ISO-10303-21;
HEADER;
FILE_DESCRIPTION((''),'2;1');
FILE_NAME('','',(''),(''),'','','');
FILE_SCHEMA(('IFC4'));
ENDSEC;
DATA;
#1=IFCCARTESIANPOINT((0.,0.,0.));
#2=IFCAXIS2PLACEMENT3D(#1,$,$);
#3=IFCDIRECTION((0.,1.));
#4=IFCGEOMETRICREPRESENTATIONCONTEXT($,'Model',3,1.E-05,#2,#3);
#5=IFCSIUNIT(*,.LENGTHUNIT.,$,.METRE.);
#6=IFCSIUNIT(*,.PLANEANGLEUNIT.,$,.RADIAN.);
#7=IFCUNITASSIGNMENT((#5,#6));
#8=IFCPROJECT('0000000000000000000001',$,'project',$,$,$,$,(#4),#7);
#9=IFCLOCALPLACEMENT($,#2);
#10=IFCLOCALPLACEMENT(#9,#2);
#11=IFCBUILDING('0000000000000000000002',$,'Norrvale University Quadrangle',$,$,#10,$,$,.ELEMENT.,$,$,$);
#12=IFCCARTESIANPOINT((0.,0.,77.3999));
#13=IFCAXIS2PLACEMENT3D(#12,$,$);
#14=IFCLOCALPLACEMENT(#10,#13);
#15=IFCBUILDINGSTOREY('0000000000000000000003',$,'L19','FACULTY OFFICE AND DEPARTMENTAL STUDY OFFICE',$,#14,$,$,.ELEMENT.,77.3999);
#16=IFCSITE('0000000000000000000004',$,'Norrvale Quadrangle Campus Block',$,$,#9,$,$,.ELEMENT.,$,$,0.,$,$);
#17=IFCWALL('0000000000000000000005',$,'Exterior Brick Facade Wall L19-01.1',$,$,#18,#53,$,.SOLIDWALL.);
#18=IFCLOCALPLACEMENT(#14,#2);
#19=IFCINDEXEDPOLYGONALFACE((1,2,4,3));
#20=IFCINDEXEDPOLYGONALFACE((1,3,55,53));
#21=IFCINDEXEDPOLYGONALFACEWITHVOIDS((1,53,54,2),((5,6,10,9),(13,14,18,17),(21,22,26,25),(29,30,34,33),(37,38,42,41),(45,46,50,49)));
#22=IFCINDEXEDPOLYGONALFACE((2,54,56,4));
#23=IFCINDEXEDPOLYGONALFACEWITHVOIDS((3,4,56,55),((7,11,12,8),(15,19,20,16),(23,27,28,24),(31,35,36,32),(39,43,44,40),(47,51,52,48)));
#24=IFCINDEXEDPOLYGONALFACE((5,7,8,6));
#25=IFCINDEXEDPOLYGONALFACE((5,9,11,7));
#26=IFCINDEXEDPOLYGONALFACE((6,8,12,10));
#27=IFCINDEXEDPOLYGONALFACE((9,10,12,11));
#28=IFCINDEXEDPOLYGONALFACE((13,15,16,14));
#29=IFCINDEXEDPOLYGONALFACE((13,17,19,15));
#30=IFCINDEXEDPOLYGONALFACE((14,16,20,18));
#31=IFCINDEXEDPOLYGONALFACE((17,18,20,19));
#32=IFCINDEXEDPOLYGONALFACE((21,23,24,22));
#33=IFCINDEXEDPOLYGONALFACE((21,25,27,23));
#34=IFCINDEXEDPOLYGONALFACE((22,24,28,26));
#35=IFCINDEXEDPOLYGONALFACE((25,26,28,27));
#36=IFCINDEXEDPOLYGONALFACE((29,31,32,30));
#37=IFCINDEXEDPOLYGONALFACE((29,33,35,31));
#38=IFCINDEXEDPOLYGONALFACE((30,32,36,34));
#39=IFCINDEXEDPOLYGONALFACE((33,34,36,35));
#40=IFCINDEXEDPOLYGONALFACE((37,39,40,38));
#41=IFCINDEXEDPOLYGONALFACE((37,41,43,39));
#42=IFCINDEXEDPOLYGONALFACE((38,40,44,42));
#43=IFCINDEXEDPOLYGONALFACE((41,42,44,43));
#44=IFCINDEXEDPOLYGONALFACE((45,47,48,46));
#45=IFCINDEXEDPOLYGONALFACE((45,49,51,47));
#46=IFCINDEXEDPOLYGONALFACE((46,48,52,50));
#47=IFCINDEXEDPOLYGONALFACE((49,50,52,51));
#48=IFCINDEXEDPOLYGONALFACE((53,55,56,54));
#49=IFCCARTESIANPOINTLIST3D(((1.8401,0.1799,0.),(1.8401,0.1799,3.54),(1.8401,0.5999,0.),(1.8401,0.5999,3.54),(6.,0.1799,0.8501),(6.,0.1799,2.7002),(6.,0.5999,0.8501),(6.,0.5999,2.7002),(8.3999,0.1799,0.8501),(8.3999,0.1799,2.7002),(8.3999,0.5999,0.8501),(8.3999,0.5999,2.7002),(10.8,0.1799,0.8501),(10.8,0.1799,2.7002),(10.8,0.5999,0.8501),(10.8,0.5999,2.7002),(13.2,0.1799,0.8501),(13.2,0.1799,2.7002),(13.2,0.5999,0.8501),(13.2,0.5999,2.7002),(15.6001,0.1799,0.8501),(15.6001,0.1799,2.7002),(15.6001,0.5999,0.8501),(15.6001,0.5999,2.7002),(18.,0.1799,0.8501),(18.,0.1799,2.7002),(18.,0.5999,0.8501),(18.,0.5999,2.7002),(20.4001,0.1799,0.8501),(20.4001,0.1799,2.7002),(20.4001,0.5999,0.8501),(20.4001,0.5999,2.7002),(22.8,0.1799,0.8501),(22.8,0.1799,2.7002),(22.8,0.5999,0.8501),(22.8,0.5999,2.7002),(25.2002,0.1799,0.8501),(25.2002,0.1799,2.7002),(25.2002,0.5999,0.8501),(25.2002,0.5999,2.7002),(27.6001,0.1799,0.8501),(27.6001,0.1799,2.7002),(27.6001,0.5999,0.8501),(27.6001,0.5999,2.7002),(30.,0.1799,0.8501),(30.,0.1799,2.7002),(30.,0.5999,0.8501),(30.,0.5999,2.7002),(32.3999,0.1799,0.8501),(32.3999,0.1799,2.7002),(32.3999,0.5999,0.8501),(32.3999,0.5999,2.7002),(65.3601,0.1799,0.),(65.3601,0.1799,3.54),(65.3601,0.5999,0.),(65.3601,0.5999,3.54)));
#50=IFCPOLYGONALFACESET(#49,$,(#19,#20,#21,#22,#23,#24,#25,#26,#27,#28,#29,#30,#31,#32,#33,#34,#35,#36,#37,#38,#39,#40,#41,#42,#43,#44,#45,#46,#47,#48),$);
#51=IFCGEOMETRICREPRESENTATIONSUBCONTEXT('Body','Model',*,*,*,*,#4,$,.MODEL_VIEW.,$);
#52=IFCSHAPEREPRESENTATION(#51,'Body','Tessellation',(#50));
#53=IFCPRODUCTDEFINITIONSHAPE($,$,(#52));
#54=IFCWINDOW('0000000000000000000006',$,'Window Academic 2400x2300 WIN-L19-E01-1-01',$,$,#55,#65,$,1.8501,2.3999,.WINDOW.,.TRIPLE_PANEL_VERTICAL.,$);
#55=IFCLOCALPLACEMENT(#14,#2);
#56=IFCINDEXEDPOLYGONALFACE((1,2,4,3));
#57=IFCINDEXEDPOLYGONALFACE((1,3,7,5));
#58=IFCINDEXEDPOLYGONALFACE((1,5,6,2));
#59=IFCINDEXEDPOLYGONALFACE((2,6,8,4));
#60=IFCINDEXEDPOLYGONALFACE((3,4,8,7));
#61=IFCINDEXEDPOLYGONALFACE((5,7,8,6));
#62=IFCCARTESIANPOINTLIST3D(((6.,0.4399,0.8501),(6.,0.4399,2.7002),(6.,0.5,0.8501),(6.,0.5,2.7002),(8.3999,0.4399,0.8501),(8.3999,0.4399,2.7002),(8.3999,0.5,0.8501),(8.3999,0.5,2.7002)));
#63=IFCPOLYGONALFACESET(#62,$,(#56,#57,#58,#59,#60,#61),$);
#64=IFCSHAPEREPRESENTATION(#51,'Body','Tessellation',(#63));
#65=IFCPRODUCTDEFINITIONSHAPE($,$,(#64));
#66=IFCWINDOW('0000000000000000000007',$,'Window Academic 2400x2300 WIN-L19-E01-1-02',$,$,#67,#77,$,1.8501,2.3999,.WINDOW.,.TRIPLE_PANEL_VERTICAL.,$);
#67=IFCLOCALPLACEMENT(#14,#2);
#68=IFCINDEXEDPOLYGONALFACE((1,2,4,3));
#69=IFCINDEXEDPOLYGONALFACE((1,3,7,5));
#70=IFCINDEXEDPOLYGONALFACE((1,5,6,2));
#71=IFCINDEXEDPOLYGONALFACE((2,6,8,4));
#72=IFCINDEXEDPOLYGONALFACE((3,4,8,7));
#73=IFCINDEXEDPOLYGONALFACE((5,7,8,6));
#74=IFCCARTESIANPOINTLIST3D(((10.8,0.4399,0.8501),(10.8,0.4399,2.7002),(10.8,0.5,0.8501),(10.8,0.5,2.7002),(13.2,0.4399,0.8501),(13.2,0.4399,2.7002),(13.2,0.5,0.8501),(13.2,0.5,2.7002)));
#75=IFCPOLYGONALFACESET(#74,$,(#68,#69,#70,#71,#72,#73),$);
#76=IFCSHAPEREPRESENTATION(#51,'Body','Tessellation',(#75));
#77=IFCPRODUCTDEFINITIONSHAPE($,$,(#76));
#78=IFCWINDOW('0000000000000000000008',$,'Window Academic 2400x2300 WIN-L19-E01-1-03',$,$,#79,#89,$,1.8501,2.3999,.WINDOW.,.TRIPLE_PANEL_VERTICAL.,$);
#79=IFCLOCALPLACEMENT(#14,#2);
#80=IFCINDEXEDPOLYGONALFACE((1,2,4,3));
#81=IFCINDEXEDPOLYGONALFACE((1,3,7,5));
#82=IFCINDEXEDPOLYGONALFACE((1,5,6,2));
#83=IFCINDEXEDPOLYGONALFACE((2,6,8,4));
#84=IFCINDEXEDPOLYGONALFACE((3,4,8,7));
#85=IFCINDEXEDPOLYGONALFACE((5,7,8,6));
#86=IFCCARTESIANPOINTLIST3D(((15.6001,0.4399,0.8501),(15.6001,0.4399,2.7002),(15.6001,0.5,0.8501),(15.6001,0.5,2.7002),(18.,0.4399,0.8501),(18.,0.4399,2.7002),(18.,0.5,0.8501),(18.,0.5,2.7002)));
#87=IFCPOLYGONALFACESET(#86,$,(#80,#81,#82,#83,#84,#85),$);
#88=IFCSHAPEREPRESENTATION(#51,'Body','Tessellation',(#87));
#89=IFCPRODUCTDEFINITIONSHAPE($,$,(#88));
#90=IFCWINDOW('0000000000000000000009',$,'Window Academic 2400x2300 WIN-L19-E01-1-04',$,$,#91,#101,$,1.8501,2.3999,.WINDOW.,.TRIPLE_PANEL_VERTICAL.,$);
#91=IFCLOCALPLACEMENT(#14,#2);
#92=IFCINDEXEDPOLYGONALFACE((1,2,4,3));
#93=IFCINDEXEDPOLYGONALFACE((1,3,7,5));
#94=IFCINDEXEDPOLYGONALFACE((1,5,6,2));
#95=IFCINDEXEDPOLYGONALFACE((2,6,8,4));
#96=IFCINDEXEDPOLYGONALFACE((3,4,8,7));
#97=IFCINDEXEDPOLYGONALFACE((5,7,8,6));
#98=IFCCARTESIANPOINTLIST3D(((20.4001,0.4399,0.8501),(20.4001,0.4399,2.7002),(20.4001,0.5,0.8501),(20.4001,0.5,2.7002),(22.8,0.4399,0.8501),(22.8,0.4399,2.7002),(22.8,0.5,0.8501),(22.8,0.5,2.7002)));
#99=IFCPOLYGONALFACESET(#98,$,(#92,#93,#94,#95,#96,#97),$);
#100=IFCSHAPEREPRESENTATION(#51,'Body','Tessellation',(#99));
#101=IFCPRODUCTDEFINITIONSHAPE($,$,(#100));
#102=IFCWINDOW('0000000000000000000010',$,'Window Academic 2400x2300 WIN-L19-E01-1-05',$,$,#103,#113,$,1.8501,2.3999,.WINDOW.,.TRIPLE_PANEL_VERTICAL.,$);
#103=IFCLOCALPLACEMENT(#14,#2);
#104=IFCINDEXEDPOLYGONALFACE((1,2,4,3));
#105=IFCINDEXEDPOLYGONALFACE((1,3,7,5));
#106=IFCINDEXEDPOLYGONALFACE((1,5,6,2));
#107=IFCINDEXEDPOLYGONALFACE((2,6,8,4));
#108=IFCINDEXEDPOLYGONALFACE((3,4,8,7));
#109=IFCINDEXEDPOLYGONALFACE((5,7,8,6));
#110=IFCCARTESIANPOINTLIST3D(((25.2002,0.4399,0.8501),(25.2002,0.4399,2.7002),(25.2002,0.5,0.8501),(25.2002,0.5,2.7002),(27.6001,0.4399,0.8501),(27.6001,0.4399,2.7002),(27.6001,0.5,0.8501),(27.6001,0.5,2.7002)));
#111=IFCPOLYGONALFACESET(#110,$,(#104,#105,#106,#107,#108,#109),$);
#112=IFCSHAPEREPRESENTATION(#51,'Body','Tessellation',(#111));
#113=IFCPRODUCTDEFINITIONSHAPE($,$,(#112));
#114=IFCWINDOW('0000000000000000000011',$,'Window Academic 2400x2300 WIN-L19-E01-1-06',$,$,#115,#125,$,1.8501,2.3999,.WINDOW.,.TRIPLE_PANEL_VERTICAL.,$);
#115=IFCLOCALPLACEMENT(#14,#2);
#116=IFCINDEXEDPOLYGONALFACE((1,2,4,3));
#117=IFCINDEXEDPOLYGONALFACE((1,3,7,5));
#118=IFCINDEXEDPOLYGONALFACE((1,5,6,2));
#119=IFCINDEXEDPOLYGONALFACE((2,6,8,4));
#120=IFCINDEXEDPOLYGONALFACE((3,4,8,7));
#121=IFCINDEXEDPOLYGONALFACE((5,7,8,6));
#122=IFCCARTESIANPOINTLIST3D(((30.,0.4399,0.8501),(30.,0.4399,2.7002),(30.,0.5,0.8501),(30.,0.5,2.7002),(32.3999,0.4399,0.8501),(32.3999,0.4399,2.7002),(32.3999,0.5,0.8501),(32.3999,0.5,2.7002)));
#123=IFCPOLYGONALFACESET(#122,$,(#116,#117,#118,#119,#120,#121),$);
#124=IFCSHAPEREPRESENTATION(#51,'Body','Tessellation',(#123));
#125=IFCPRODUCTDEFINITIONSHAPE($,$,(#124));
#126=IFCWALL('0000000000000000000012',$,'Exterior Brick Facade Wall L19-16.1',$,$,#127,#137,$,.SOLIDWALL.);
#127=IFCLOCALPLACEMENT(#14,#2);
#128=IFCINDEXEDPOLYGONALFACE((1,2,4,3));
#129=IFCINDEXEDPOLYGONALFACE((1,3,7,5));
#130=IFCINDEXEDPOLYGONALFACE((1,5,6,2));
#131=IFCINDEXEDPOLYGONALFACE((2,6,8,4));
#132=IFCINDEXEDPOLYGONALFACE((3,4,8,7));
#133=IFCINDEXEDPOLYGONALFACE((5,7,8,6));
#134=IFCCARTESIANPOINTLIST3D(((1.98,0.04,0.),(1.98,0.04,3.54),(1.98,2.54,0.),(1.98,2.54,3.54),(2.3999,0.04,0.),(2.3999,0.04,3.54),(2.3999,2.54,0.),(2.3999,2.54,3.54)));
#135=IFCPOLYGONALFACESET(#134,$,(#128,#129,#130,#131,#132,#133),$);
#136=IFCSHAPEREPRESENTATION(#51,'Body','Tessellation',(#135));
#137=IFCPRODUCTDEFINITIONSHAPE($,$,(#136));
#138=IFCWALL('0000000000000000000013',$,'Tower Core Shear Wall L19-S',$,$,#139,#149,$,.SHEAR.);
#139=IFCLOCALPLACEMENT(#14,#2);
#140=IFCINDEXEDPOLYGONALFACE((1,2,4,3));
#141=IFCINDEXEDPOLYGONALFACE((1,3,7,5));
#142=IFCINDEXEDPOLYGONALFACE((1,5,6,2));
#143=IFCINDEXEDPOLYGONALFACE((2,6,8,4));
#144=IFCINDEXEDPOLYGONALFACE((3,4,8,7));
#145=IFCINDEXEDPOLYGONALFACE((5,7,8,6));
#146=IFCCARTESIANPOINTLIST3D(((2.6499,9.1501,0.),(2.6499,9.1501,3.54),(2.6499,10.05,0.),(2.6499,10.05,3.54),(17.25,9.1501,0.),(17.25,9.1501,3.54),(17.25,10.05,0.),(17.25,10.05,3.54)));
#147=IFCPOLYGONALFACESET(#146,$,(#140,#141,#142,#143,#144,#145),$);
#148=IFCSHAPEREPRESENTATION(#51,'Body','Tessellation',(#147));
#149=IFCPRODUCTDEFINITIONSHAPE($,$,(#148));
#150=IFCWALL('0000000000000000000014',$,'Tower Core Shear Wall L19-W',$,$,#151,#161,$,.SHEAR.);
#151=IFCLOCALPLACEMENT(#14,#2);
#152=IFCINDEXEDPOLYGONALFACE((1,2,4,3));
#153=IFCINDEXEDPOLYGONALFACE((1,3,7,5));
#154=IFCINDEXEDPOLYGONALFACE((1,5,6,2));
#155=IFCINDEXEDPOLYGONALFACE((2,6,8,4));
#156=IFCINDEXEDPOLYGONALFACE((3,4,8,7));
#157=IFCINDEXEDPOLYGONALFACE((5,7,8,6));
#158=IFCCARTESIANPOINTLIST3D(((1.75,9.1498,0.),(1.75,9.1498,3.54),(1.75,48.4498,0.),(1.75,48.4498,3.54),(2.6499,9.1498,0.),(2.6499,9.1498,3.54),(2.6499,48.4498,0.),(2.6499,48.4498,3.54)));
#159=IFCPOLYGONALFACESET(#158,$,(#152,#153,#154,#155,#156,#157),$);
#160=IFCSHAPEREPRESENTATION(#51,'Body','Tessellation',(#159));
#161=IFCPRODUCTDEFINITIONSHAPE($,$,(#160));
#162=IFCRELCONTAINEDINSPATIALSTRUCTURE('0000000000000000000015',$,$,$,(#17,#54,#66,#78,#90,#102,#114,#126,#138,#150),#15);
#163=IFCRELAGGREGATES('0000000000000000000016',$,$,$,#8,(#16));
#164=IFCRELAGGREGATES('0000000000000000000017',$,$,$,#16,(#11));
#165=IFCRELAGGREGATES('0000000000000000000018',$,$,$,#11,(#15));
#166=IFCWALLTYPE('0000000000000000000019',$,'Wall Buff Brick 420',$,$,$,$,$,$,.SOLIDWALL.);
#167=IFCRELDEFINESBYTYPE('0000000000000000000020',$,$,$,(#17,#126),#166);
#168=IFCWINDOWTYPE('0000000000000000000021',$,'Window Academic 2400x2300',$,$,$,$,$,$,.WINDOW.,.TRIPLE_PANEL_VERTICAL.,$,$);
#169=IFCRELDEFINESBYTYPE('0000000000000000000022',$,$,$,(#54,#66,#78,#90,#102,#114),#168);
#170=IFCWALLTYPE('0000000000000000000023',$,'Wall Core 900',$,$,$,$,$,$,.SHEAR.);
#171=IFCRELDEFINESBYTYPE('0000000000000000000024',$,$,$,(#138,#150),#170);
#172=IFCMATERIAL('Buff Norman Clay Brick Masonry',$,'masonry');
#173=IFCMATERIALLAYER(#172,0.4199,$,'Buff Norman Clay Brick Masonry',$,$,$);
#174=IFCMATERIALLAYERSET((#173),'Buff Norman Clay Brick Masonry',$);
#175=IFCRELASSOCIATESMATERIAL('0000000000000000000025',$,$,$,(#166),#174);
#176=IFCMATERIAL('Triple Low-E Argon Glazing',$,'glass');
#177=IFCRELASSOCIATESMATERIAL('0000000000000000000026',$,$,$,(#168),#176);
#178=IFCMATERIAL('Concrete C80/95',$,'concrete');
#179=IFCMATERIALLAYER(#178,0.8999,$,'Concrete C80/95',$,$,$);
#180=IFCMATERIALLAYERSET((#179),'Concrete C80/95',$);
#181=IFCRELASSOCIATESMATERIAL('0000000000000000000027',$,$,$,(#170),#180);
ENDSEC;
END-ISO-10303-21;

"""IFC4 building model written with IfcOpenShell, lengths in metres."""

from ifc_helpers import new_model, si_unit, direction, frame, frame_2d, origin, place, context, subcontext, project, spatial, rectangle, extrude, material, layer, layer_set, type_object, element, fill, save


model = new_model("IFC4")

# Units and contexts
model_context = context("Model", 3, precision=1e-05, world=origin(), true_north=direction((0.0, 1.0)))
body_context = subcontext(model_context, "Body", "Model", "MODEL_VIEW")
ifc_project = project(units=[si_unit("LENGTHUNIT", "METRE"), si_unit("PLANEANGLEUNIT", "RADIAN")], contexts=[model_context])

# Site, building, storey
site_placement = place(None, origin())
site = spatial("IfcSite", under=ifc_project, at=site_placement, Name="Norrvale Quadrangle Campus Block", CompositionType="ELEMENT", RefElevation=0.0)
building_placement = place(site_placement, origin())
building = spatial("IfcBuilding", under=site, at=building_placement, Name="Norrvale University Quadrangle", CompositionType="ELEMENT")
storey_placement = place(building_placement, frame((0.0, 0.0, 77.3999)))
storey = spatial("IfcBuildingStorey", under=building, at=storey_placement, Name="L19", Description="FACULTY OFFICE AND DEPARTMENTAL STUDY OFFICE", CompositionType="ELEMENT", Elevation=77.3999)

# Shared definitions
ifc_material_1 = material(Name="Concrete C80/95", Category="concrete")

# Wall, openings, windows
ifc_material_2 = material(Name="Buff Norman Clay Brick Masonry", Category="masonry")
ifc_layer_1 = layer(ifc_material_2, 0.4199, Name="Buff Norman Clay Brick Masonry")
ifc_layer_set_1 = layer_set([ifc_layer_1], Name="Buff Norman Clay Brick Masonry")
wall_type_1 = type_object("IfcWallType", Name="Wall Buff Brick 420", PredefinedType="SOLIDWALL", material=ifc_layer_set_1)
wall_1_placement = place(storey_placement, frame((1.8401, 0.3899, 0.0), z_axis=(0.0, 0.0, 1.0), x_axis=(1.0, 0.0, 0.0)))
wall_1 = element("IfcWall", 1, at=wall_1_placement, inside=storey, type_object=wall_type_1, Name="Exterior Brick Facade Wall L19-01.1", PredefinedType="SOLIDWALL", context=body_context, shape_type="SweptSolid", body=[
    extrude(rectangle(XDim=63.52, YDim=0.4199, at=frame_2d((31.76, 0.0))), origin(), (0.0, 0.0, 1.0), 3.54),
])
opening_1_placement = place(wall_1_placement, frame((4.1599, 0.0, 0.8501)))
opening_1 = element("IfcOpeningElement", 2, at=opening_1_placement, cuts=wall_1, PredefinedType="OPENING", context=body_context, shape_type="SweptSolid", body=[
    extrude(rectangle(XDim=2.3999, YDim=1.8501, at=frame_2d((1.2, 0.925))), frame((0.0, 0.2219, 0.0), z_axis=(0.0, -1.0, 0.0), x_axis=(1.0, 0.0, 0.0)), (0.0, 0.0, 1.0), 0.4438),
])
opening_2_placement = place(wall_1_placement, frame((8.96, 0.0, 0.8501)))
opening_2 = element("IfcOpeningElement", 3, at=opening_2_placement, cuts=wall_1, PredefinedType="OPENING", context=body_context, shape_type="SweptSolid", body=[
    extrude(rectangle(XDim=2.3999, YDim=1.8501, at=frame_2d((1.2, 0.925))), frame((0.0, 0.2219, 0.0), z_axis=(0.0, -1.0, 0.0), x_axis=(1.0, 0.0, 0.0)), (0.0, 0.0, 1.0), 0.4438),
])
opening_3_placement = place(wall_1_placement, frame((13.76, 0.0, 0.8501)))
opening_3 = element("IfcOpeningElement", 4, at=opening_3_placement, cuts=wall_1, PredefinedType="OPENING", context=body_context, shape_type="SweptSolid", body=[
    extrude(rectangle(XDim=2.3999, YDim=1.8501, at=frame_2d((1.2, 0.925))), frame((0.0, 0.2219, 0.0), z_axis=(0.0, -1.0, 0.0), x_axis=(1.0, 0.0, 0.0)), (0.0, 0.0, 1.0), 0.4438),
])
opening_4_placement = place(wall_1_placement, frame((18.5601, 0.0, 0.8501)))
opening_4 = element("IfcOpeningElement", 5, at=opening_4_placement, cuts=wall_1, PredefinedType="OPENING", context=body_context, shape_type="SweptSolid", body=[
    extrude(rectangle(XDim=2.3999, YDim=1.8501, at=frame_2d((1.2, 0.925))), frame((0.0, 0.2219, 0.0), z_axis=(0.0, -1.0, 0.0), x_axis=(1.0, 0.0, 0.0)), (0.0, 0.0, 1.0), 0.4438),
])
opening_5_placement = place(wall_1_placement, frame((23.3601, 0.0, 0.8501)))
opening_5 = element("IfcOpeningElement", 6, at=opening_5_placement, cuts=wall_1, PredefinedType="OPENING", context=body_context, shape_type="SweptSolid", body=[
    extrude(rectangle(XDim=2.3999, YDim=1.8501, at=frame_2d((1.2, 0.925))), frame((0.0, 0.2219, 0.0), z_axis=(0.0, -1.0, 0.0), x_axis=(1.0, 0.0, 0.0)), (0.0, 0.0, 1.0), 0.4438),
])
opening_6_placement = place(wall_1_placement, frame((28.1599, 0.0, 0.8501)))
opening_6 = element("IfcOpeningElement", 7, at=opening_6_placement, cuts=wall_1, PredefinedType="OPENING", context=body_context, shape_type="SweptSolid", body=[
    extrude(rectangle(XDim=2.3999, YDim=1.8501, at=frame_2d((1.2, 0.925))), frame((0.0, 0.2219, 0.0), z_axis=(0.0, -1.0, 0.0), x_axis=(1.0, 0.0, 0.0)), (0.0, 0.0, 1.0), 0.4438),
])
ifc_material_3 = material(Name="Triple Low-E Argon Glazing", Category="glass")
window_type = type_object("IfcWindowType", Name="Window Academic 2400x2300", PartitioningType="TRIPLE_PANEL_VERTICAL", PredefinedType="WINDOW", material=ifc_material_3)
window_1_placement = place(opening_1_placement, origin())
window_1 = element("IfcWindow", 8, at=window_1_placement, inside=storey, type_object=window_type, Name="Window Academic 2400x2300 WIN-L19-E01-1-01", OverallHeight=1.8501, OverallWidth=2.3999, PartitioningType="TRIPLE_PANEL_VERTICAL", PredefinedType="WINDOW", context=body_context, shape_type="SweptSolid", body=[
    extrude(rectangle(XDim=2.3999, YDim=1.8501, at=frame_2d((1.2, 0.925))), frame((0.0, 0.1101, 0.0), z_axis=(0.0, -1.0, 0.0), x_axis=(1.0, 0.0, 0.0)), (0.0, 0.0, 1.0), 0.0601),
])
fill(opening_1, window_1)
window_2_placement = place(opening_2_placement, origin())
window_2 = element("IfcWindow", 9, at=window_2_placement, inside=storey, type_object=window_type, Name="Window Academic 2400x2300 WIN-L19-E01-1-02", OverallHeight=1.8501, OverallWidth=2.3999, PartitioningType="TRIPLE_PANEL_VERTICAL", PredefinedType="WINDOW", context=body_context, shape_type="SweptSolid", body=[
    extrude(rectangle(XDim=2.3999, YDim=1.8501, at=frame_2d((1.2, 0.925))), frame((0.0, 0.1101, 0.0), z_axis=(0.0, -1.0, 0.0), x_axis=(1.0, 0.0, 0.0)), (0.0, 0.0, 1.0), 0.0601),
])
fill(opening_2, window_2)
window_3_placement = place(opening_3_placement, origin())
window_3 = element("IfcWindow", 10, at=window_3_placement, inside=storey, type_object=window_type, Name="Window Academic 2400x2300 WIN-L19-E01-1-03", OverallHeight=1.8501, OverallWidth=2.3999, PartitioningType="TRIPLE_PANEL_VERTICAL", PredefinedType="WINDOW", context=body_context, shape_type="SweptSolid", body=[
    extrude(rectangle(XDim=2.3999, YDim=1.8501, at=frame_2d((1.2, 0.925))), frame((0.0, 0.1101, 0.0), z_axis=(0.0, -1.0, 0.0), x_axis=(1.0, 0.0, 0.0)), (0.0, 0.0, 1.0), 0.0601),
])
fill(opening_3, window_3)
window_4_placement = place(opening_4_placement, origin())
window_4 = element("IfcWindow", 11, at=window_4_placement, inside=storey, type_object=window_type, Name="Window Academic 2400x2300 WIN-L19-E01-1-04", OverallHeight=1.8501, OverallWidth=2.3999, PartitioningType="TRIPLE_PANEL_VERTICAL", PredefinedType="WINDOW", context=body_context, shape_type="SweptSolid", body=[
    extrude(rectangle(XDim=2.3999, YDim=1.8501, at=frame_2d((1.2, 0.925))), frame((0.0, 0.1101, 0.0), z_axis=(0.0, -1.0, 0.0), x_axis=(1.0, 0.0, 0.0)), (0.0, 0.0, 1.0), 0.0601),
])
fill(opening_4, window_4)
window_5_placement = place(opening_5_placement, origin())
window_5 = element("IfcWindow", 12, at=window_5_placement, inside=storey, type_object=window_type, Name="Window Academic 2400x2300 WIN-L19-E01-1-05", OverallHeight=1.8501, OverallWidth=2.3999, PartitioningType="TRIPLE_PANEL_VERTICAL", PredefinedType="WINDOW", context=body_context, shape_type="SweptSolid", body=[
    extrude(rectangle(XDim=2.3999, YDim=1.8501, at=frame_2d((1.2, 0.925))), frame((0.0, 0.1101, 0.0), z_axis=(0.0, -1.0, 0.0), x_axis=(1.0, 0.0, 0.0)), (0.0, 0.0, 1.0), 0.0601),
])
fill(opening_5, window_5)
window_6_placement = place(opening_6_placement, origin())
window_6 = element("IfcWindow", 13, at=window_6_placement, inside=storey, type_object=window_type, Name="Window Academic 2400x2300 WIN-L19-E01-1-06", OverallHeight=1.8501, OverallWidth=2.3999, PartitioningType="TRIPLE_PANEL_VERTICAL", PredefinedType="WINDOW", context=body_context, shape_type="SweptSolid", body=[
    extrude(rectangle(XDim=2.3999, YDim=1.8501, at=frame_2d((1.2, 0.925))), frame((0.0, 0.1101, 0.0), z_axis=(0.0, -1.0, 0.0), x_axis=(1.0, 0.0, 0.0)), (0.0, 0.0, 1.0), 0.0601),
])
fill(opening_6, window_6)

# Walls
wall_2_placement = place(storey_placement, frame((2.1899, 2.54, 0.0), z_axis=(0.0, 0.0, 1.0), x_axis=(0.0, -1.0, 0.0)))
element("IfcWall", 14, at=wall_2_placement, inside=storey, type_object=wall_type_1, Name="Exterior Brick Facade Wall L19-16.1", PredefinedType="SOLIDWALL", context=body_context, shape_type="SweptSolid", body=[
    extrude(rectangle(XDim=2.5, YDim=0.4199, at=frame_2d((1.25, 0.0))), origin(), (0.0, 0.0, 1.0), 3.54),
])
ifc_layer_2 = layer(ifc_material_1, 0.8999, Name="Concrete C80/95")
ifc_layer_set_2 = layer_set([ifc_layer_2], Name="Concrete C80/95")
wall_type_2 = type_object("IfcWallType", Name="Wall Core 900", PredefinedType="SHEAR", material=ifc_layer_set_2)
wall_3_placement = place(storey_placement, frame((2.6499, 9.6001, 0.0), z_axis=(0.0, 0.0, 1.0), x_axis=(1.0, 0.0, 0.0)))
element("IfcWall", 15, at=wall_3_placement, inside=storey, type_object=wall_type_2, Name="Tower Core Shear Wall L19-S", PredefinedType="SHEAR", context=body_context, shape_type="SweptSolid", body=[
    extrude(rectangle(XDim=14.6001, YDim=0.8999, at=frame_2d((7.3, 0.0))), origin(), (0.0, 0.0, 1.0), 3.54),
])
wall_4_placement = place(storey_placement, frame((2.2, 9.1499, 0.0), z_axis=(0.0, 0.0, 1.0), x_axis=(0.0, 1.0, 0.0)))
element("IfcWall", 16, at=wall_4_placement, inside=storey, type_object=wall_type_2, Name="Tower Core Shear Wall L19-W", PredefinedType="SHEAR", context=body_context, shape_type="SweptSolid", body=[
    extrude(rectangle(XDim=39.3, YDim=0.8999, at=frame_2d((19.6499, 0.0))), origin(), (0.0, 0.0, 1.0), 3.54),
])

save(model, "model.ifc")
